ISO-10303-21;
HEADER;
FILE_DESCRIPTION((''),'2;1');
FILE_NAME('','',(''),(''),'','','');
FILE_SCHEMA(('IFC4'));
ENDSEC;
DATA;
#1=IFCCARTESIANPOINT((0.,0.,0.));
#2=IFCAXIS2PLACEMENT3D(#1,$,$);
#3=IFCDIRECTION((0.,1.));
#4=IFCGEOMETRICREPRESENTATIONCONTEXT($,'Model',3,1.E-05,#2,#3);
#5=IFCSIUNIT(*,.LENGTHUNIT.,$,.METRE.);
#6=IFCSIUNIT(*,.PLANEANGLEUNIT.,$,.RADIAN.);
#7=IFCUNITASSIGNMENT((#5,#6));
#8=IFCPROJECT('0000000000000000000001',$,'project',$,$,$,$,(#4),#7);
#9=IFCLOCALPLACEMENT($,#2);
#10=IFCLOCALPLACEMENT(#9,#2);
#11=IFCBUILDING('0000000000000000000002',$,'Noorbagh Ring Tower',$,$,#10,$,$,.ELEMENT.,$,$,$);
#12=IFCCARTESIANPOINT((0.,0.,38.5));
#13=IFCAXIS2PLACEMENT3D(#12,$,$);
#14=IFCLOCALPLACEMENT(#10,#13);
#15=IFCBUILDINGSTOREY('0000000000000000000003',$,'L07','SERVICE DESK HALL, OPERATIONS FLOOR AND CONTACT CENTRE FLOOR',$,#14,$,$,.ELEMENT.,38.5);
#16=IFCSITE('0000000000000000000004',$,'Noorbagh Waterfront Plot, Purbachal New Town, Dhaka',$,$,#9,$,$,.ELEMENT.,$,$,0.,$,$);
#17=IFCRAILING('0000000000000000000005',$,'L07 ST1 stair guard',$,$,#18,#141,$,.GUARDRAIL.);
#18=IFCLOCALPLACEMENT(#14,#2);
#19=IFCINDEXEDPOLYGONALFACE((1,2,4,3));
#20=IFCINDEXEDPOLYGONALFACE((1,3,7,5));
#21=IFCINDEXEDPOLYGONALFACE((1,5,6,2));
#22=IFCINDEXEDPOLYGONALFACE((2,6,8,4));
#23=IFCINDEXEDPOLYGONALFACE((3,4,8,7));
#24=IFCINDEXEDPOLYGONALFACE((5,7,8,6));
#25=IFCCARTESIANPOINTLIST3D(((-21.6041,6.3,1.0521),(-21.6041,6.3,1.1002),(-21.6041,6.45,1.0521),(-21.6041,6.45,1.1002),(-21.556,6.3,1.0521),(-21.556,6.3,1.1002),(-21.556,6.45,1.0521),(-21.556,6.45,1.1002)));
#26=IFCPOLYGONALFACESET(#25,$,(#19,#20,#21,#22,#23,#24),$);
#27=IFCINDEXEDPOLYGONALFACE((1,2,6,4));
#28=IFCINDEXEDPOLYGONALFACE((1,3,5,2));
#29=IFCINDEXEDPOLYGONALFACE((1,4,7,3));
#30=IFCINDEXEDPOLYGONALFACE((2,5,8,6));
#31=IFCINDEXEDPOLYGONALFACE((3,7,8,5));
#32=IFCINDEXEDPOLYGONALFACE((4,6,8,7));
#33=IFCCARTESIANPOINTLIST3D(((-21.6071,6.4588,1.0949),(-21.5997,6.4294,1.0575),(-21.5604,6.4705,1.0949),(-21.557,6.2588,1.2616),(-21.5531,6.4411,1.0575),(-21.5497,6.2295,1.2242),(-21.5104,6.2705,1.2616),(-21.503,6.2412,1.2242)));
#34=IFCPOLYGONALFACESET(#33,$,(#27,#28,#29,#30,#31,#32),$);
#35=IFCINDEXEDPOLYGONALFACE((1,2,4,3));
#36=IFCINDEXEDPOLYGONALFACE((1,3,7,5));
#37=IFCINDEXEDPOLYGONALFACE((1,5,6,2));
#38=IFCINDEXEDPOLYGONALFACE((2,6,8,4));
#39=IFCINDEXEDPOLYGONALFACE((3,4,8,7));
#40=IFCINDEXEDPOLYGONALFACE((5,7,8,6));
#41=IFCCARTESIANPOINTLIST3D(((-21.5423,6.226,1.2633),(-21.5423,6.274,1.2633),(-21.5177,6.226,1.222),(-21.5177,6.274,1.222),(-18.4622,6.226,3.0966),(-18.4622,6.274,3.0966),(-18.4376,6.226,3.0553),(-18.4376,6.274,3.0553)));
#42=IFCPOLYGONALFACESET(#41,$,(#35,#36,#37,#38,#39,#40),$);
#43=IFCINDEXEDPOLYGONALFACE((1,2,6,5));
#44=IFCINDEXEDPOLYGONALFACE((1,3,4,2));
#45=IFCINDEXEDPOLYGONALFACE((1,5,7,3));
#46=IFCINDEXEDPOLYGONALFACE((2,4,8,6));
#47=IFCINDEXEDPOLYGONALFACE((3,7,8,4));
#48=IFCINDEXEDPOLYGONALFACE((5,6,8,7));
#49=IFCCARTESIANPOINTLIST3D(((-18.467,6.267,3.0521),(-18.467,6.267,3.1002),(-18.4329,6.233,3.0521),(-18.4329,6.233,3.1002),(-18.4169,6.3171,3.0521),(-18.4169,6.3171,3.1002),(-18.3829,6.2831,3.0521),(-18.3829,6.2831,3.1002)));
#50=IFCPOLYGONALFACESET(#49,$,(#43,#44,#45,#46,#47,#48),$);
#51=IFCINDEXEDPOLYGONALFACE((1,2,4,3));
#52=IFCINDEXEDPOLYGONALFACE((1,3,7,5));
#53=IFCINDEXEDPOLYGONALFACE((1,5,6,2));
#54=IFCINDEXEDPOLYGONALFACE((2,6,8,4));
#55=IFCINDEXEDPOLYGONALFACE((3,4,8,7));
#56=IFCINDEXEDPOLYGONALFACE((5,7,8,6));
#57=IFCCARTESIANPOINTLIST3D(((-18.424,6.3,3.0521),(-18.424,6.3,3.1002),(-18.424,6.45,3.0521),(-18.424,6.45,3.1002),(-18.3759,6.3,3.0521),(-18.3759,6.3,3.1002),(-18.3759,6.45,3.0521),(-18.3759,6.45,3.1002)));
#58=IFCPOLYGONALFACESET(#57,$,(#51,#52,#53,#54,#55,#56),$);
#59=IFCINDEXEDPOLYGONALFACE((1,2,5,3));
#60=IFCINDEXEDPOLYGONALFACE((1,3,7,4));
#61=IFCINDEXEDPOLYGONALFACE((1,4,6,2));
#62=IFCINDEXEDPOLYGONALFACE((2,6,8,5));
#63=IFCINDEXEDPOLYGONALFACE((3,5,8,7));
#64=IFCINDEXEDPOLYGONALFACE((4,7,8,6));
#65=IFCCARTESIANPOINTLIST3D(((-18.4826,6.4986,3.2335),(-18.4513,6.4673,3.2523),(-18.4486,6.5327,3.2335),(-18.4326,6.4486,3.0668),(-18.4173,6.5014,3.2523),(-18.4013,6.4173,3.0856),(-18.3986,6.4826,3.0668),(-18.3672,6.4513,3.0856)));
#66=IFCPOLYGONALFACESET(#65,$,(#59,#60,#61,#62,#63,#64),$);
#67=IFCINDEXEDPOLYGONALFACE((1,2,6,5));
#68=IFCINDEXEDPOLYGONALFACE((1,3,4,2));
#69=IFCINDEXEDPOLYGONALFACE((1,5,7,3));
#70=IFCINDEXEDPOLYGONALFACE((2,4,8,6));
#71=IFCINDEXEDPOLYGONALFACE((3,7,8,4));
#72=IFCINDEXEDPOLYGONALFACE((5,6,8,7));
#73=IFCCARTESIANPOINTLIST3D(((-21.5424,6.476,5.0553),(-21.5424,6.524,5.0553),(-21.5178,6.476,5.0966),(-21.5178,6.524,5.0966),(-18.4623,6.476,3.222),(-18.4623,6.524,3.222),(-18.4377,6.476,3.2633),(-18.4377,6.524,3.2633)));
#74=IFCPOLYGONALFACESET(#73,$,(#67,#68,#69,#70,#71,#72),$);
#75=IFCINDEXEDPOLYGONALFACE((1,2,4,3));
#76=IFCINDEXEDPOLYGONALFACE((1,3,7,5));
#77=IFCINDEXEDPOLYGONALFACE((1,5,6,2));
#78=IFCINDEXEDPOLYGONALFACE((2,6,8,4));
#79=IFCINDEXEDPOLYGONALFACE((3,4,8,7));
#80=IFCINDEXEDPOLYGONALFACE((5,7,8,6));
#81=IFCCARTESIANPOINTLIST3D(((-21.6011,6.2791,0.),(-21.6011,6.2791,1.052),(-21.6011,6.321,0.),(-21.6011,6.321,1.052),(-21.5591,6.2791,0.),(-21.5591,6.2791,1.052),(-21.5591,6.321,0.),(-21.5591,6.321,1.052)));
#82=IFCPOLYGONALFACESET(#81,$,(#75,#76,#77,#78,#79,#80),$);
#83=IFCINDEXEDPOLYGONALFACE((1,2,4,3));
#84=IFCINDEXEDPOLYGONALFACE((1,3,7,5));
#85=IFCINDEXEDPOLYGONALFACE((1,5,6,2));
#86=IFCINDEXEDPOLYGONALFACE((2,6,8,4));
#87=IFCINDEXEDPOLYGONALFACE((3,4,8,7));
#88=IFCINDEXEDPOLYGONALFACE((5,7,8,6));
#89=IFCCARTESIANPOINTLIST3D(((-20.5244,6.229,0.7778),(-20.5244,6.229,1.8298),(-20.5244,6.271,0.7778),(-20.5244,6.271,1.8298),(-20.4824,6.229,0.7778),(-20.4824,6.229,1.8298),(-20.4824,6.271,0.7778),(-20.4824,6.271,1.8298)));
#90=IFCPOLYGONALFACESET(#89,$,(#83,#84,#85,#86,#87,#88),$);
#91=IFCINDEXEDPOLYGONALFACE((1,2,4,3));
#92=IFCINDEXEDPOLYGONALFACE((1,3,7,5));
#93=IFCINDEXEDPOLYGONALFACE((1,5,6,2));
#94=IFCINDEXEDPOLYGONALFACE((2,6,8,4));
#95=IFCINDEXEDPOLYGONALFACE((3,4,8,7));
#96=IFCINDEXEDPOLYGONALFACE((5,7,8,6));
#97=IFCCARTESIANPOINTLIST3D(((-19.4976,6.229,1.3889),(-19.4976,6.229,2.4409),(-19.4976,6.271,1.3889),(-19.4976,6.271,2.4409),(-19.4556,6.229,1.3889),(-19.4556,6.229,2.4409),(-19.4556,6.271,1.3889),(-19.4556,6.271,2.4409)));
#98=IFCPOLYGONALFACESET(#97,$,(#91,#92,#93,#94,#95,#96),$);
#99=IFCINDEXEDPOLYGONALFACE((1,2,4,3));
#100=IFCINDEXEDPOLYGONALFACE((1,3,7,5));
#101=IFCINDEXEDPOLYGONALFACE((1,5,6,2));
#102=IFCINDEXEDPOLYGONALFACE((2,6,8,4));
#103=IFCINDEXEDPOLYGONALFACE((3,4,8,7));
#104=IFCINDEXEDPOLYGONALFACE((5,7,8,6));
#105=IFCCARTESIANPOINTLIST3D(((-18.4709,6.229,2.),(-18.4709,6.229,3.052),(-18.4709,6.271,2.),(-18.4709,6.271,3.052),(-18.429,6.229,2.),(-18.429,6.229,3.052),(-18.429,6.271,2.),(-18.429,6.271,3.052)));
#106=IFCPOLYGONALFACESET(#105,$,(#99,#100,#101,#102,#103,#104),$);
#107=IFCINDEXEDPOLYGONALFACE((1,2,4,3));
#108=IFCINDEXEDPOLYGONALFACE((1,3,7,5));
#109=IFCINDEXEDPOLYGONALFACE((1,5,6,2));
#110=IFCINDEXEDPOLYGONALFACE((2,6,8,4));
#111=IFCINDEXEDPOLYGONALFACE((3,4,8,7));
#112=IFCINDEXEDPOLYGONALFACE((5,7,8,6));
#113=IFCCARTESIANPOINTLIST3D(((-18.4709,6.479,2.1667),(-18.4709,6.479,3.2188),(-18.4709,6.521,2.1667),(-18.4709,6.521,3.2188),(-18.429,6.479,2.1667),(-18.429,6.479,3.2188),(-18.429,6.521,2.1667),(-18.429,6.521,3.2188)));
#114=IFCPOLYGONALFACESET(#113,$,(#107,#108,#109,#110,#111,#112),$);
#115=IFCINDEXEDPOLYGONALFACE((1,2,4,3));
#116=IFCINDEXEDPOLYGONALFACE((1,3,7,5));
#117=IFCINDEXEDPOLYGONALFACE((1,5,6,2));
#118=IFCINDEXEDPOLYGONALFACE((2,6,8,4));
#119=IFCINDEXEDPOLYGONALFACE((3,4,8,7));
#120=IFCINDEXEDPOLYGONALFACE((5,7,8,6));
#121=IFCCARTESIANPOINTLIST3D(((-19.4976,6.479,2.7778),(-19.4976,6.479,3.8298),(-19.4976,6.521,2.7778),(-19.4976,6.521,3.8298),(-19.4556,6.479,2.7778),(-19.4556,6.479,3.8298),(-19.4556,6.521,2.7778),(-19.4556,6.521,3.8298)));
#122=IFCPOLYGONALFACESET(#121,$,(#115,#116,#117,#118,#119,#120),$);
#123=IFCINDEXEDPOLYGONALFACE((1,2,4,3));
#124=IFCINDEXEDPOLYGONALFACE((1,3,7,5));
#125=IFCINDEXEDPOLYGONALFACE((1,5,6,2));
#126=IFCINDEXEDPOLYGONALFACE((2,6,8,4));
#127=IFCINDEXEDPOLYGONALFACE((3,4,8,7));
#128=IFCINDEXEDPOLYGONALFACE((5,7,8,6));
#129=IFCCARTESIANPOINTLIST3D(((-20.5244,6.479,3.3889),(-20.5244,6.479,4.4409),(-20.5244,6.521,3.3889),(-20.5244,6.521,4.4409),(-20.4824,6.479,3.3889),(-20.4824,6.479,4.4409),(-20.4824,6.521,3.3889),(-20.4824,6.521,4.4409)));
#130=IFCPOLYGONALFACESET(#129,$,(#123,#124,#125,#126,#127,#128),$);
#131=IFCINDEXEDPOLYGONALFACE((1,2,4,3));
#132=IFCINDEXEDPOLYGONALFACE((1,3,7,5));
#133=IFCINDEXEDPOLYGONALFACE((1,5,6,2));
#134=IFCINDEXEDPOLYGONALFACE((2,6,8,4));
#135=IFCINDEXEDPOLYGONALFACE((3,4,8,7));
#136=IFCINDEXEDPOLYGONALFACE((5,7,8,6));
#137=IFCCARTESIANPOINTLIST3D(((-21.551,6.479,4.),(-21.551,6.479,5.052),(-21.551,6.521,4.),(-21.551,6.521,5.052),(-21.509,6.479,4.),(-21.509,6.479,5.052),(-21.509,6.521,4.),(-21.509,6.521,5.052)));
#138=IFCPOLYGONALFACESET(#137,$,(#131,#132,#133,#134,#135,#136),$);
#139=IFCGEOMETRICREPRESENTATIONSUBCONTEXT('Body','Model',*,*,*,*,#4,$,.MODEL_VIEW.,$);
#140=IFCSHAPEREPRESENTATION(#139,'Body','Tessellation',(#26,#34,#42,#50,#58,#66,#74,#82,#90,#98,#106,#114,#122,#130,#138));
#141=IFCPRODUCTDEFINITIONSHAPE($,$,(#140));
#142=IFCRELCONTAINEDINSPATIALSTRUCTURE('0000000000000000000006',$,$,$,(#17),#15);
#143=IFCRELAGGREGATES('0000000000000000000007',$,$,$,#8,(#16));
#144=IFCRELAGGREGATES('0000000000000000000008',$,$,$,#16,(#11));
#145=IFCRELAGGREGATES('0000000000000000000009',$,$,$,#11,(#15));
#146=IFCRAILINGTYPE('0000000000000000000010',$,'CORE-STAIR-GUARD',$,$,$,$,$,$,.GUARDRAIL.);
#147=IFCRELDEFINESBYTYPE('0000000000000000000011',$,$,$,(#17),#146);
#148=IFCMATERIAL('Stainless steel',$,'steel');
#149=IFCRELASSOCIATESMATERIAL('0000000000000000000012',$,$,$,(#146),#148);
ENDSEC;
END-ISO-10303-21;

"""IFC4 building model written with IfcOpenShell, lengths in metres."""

from ifc_helpers import new_model, si_unit, direction, frame, origin, origin_2d, place, context, subcontext, project, spatial, rectangle, extrude, material, type_object, element, save


model = new_model("IFC4")

# Units and contexts
model_context = context("Model", 3, precision=1e-05, world=origin(), true_north=direction((0.0, 1.0)))
body_context = subcontext(model_context, "Body", "Model", "MODEL_VIEW")
ifc_project = project(units=[si_unit("LENGTHUNIT", "METRE"), si_unit("PLANEANGLEUNIT", "RADIAN")], contexts=[model_context])

# Site, building, storey
site_placement = place(None, origin())
site = spatial("IfcSite", under=ifc_project, at=site_placement, Name="Noorbagh Waterfront Plot, Purbachal New Town, Dhaka", CompositionType="ELEMENT", RefElevation=0.0)
building_placement = place(site_placement, origin())
building = spatial("IfcBuilding", under=site, at=building_placement, Name="Noorbagh Ring Tower", CompositionType="ELEMENT")
storey_placement = place(building_placement, frame((0.0, 0.0, 38.5)))
storey = spatial("IfcBuildingStorey", under=building, at=storey_placement, Name="L07", Description="SERVICE DESK HALL, OPERATIONS FLOOR AND CONTACT CENTRE FLOOR", CompositionType="ELEMENT", Elevation=38.5)

# Railing
ifc_material_1 = material(Name="Stainless steel", Category="steel")
railing_type_1 = type_object("IfcRailingType", Name="CORE-STAIR-GUARD", PredefinedType="GUARDRAIL", material=ifc_material_1)
railing_1_placement = place(storey_placement, frame((-21.5801, 6.3, 0.0)))
element("IfcRailing", 1, at=railing_1_placement, inside=storey, type_object=railing_type_1, Name="L07 ST1 stair guard", PredefinedType="GUARDRAIL", context=body_context, shape_type="SweptSolid", body=[
    extrude(rectangle(XDim=0.0481, YDim=0.0481, at=origin_2d()), frame((0.0, 0.0, 1.0762), z_axis=(0.0, 1.0, 0.0), x_axis=(-1.0, 0.0, 0.0)), (0.0, 0.0, 1.0), 0.1499),
    extrude(rectangle(XDim=0.0481, YDim=0.0481, at=origin_2d()), frame((0.0, 0.1499, 1.0762), z_axis=(0.188776, -0.754182, 0.628946), x_axis=(0.970073, 0.242814, 0.0)), (0.0, 0.0, 1.0), 0.2651),
    extrude(rectangle(XDim=0.0481, YDim=0.0481, at=origin_2d()), frame((0.05, -0.05, 1.2427), z_axis=(0.859309, 0.0, 0.511458), x_axis=(0.0, 1.0, 0.0)), (0.0, 0.0, 1.0), 3.5845),
    extrude(rectangle(XDim=0.0481, YDim=0.0481, at=origin_2d()), frame((3.1301, -0.05, 3.0762), z_axis=(0.707107, 0.707107, 0.0), x_axis=(-0.707107, 0.707107, 0.0)), (0.0, 0.0, 1.0), 0.0708),
    extrude(rectangle(XDim=0.0481, YDim=0.0481, at=origin_2d()), frame((3.1802, 0.0, 3.0762), z_axis=(0.0, 1.0, 0.0), x_axis=(-1.0, 0.0, 0.0)), (0.0, 0.0, 1.0), 0.1499),
    extrude(rectangle(XDim=0.0481, YDim=0.0481, at=origin_2d()), frame((3.1802, 0.1499, 3.0762), z_axis=(-0.276287, 0.276287, 0.920506), x_axis=(-0.707107, -0.707107, 0.0)), (0.0, 0.0, 1.0), 0.1812),
    extrude(rectangle(XDim=0.0481, YDim=0.0481, at=origin_2d()), frame((3.1301, 0.2, 3.2427), z_axis=(-0.859309, 0.0, 0.511458), x_axis=(0.0, -1.0, 0.0)), (0.0, 0.0, 1.0), 3.5845),
    extrude(rectangle(XDim=0.042, YDim=0.042, at=origin_2d()), origin(), (0.0, 0.0, 1.0), 1.052),
    extrude(rectangle(XDim=0.042, YDim=0.042, at=origin_2d()), frame((1.0767, -0.05, 0.7778)), (0.0, 0.0, 1.0), 1.052),
    extrude(rectangle(XDim=0.042, YDim=0.042, at=origin_2d()), frame((2.1035, -0.05, 1.3889)), (0.0, 0.0, 1.0), 1.052),
    extrude(rectangle(XDim=0.042, YDim=0.042, at=origin_2d()), frame((3.1301, -0.05, 2.0)), (0.0, 0.0, 1.0), 1.052),
    extrude(rectangle(XDim=0.042, YDim=0.042, at=origin_2d()), frame((3.1301, 0.2, 2.1667)), (0.0, 0.0, 1.0), 1.052),
    extrude(rectangle(XDim=0.042, YDim=0.042, at=origin_2d()), frame((2.1035, 0.2, 2.7778)), (0.0, 0.0, 1.0), 1.052),
    extrude(rectangle(XDim=0.042, YDim=0.042, at=origin_2d()), frame((1.0767, 0.2, 3.3889)), (0.0, 0.0, 1.0), 1.052),
    extrude(rectangle(XDim=0.042, YDim=0.042, at=origin_2d()), frame((0.05, 0.2, 4.0)), (0.0, 0.0, 1.0), 1.052),
])

save(model, "model.ifc")
